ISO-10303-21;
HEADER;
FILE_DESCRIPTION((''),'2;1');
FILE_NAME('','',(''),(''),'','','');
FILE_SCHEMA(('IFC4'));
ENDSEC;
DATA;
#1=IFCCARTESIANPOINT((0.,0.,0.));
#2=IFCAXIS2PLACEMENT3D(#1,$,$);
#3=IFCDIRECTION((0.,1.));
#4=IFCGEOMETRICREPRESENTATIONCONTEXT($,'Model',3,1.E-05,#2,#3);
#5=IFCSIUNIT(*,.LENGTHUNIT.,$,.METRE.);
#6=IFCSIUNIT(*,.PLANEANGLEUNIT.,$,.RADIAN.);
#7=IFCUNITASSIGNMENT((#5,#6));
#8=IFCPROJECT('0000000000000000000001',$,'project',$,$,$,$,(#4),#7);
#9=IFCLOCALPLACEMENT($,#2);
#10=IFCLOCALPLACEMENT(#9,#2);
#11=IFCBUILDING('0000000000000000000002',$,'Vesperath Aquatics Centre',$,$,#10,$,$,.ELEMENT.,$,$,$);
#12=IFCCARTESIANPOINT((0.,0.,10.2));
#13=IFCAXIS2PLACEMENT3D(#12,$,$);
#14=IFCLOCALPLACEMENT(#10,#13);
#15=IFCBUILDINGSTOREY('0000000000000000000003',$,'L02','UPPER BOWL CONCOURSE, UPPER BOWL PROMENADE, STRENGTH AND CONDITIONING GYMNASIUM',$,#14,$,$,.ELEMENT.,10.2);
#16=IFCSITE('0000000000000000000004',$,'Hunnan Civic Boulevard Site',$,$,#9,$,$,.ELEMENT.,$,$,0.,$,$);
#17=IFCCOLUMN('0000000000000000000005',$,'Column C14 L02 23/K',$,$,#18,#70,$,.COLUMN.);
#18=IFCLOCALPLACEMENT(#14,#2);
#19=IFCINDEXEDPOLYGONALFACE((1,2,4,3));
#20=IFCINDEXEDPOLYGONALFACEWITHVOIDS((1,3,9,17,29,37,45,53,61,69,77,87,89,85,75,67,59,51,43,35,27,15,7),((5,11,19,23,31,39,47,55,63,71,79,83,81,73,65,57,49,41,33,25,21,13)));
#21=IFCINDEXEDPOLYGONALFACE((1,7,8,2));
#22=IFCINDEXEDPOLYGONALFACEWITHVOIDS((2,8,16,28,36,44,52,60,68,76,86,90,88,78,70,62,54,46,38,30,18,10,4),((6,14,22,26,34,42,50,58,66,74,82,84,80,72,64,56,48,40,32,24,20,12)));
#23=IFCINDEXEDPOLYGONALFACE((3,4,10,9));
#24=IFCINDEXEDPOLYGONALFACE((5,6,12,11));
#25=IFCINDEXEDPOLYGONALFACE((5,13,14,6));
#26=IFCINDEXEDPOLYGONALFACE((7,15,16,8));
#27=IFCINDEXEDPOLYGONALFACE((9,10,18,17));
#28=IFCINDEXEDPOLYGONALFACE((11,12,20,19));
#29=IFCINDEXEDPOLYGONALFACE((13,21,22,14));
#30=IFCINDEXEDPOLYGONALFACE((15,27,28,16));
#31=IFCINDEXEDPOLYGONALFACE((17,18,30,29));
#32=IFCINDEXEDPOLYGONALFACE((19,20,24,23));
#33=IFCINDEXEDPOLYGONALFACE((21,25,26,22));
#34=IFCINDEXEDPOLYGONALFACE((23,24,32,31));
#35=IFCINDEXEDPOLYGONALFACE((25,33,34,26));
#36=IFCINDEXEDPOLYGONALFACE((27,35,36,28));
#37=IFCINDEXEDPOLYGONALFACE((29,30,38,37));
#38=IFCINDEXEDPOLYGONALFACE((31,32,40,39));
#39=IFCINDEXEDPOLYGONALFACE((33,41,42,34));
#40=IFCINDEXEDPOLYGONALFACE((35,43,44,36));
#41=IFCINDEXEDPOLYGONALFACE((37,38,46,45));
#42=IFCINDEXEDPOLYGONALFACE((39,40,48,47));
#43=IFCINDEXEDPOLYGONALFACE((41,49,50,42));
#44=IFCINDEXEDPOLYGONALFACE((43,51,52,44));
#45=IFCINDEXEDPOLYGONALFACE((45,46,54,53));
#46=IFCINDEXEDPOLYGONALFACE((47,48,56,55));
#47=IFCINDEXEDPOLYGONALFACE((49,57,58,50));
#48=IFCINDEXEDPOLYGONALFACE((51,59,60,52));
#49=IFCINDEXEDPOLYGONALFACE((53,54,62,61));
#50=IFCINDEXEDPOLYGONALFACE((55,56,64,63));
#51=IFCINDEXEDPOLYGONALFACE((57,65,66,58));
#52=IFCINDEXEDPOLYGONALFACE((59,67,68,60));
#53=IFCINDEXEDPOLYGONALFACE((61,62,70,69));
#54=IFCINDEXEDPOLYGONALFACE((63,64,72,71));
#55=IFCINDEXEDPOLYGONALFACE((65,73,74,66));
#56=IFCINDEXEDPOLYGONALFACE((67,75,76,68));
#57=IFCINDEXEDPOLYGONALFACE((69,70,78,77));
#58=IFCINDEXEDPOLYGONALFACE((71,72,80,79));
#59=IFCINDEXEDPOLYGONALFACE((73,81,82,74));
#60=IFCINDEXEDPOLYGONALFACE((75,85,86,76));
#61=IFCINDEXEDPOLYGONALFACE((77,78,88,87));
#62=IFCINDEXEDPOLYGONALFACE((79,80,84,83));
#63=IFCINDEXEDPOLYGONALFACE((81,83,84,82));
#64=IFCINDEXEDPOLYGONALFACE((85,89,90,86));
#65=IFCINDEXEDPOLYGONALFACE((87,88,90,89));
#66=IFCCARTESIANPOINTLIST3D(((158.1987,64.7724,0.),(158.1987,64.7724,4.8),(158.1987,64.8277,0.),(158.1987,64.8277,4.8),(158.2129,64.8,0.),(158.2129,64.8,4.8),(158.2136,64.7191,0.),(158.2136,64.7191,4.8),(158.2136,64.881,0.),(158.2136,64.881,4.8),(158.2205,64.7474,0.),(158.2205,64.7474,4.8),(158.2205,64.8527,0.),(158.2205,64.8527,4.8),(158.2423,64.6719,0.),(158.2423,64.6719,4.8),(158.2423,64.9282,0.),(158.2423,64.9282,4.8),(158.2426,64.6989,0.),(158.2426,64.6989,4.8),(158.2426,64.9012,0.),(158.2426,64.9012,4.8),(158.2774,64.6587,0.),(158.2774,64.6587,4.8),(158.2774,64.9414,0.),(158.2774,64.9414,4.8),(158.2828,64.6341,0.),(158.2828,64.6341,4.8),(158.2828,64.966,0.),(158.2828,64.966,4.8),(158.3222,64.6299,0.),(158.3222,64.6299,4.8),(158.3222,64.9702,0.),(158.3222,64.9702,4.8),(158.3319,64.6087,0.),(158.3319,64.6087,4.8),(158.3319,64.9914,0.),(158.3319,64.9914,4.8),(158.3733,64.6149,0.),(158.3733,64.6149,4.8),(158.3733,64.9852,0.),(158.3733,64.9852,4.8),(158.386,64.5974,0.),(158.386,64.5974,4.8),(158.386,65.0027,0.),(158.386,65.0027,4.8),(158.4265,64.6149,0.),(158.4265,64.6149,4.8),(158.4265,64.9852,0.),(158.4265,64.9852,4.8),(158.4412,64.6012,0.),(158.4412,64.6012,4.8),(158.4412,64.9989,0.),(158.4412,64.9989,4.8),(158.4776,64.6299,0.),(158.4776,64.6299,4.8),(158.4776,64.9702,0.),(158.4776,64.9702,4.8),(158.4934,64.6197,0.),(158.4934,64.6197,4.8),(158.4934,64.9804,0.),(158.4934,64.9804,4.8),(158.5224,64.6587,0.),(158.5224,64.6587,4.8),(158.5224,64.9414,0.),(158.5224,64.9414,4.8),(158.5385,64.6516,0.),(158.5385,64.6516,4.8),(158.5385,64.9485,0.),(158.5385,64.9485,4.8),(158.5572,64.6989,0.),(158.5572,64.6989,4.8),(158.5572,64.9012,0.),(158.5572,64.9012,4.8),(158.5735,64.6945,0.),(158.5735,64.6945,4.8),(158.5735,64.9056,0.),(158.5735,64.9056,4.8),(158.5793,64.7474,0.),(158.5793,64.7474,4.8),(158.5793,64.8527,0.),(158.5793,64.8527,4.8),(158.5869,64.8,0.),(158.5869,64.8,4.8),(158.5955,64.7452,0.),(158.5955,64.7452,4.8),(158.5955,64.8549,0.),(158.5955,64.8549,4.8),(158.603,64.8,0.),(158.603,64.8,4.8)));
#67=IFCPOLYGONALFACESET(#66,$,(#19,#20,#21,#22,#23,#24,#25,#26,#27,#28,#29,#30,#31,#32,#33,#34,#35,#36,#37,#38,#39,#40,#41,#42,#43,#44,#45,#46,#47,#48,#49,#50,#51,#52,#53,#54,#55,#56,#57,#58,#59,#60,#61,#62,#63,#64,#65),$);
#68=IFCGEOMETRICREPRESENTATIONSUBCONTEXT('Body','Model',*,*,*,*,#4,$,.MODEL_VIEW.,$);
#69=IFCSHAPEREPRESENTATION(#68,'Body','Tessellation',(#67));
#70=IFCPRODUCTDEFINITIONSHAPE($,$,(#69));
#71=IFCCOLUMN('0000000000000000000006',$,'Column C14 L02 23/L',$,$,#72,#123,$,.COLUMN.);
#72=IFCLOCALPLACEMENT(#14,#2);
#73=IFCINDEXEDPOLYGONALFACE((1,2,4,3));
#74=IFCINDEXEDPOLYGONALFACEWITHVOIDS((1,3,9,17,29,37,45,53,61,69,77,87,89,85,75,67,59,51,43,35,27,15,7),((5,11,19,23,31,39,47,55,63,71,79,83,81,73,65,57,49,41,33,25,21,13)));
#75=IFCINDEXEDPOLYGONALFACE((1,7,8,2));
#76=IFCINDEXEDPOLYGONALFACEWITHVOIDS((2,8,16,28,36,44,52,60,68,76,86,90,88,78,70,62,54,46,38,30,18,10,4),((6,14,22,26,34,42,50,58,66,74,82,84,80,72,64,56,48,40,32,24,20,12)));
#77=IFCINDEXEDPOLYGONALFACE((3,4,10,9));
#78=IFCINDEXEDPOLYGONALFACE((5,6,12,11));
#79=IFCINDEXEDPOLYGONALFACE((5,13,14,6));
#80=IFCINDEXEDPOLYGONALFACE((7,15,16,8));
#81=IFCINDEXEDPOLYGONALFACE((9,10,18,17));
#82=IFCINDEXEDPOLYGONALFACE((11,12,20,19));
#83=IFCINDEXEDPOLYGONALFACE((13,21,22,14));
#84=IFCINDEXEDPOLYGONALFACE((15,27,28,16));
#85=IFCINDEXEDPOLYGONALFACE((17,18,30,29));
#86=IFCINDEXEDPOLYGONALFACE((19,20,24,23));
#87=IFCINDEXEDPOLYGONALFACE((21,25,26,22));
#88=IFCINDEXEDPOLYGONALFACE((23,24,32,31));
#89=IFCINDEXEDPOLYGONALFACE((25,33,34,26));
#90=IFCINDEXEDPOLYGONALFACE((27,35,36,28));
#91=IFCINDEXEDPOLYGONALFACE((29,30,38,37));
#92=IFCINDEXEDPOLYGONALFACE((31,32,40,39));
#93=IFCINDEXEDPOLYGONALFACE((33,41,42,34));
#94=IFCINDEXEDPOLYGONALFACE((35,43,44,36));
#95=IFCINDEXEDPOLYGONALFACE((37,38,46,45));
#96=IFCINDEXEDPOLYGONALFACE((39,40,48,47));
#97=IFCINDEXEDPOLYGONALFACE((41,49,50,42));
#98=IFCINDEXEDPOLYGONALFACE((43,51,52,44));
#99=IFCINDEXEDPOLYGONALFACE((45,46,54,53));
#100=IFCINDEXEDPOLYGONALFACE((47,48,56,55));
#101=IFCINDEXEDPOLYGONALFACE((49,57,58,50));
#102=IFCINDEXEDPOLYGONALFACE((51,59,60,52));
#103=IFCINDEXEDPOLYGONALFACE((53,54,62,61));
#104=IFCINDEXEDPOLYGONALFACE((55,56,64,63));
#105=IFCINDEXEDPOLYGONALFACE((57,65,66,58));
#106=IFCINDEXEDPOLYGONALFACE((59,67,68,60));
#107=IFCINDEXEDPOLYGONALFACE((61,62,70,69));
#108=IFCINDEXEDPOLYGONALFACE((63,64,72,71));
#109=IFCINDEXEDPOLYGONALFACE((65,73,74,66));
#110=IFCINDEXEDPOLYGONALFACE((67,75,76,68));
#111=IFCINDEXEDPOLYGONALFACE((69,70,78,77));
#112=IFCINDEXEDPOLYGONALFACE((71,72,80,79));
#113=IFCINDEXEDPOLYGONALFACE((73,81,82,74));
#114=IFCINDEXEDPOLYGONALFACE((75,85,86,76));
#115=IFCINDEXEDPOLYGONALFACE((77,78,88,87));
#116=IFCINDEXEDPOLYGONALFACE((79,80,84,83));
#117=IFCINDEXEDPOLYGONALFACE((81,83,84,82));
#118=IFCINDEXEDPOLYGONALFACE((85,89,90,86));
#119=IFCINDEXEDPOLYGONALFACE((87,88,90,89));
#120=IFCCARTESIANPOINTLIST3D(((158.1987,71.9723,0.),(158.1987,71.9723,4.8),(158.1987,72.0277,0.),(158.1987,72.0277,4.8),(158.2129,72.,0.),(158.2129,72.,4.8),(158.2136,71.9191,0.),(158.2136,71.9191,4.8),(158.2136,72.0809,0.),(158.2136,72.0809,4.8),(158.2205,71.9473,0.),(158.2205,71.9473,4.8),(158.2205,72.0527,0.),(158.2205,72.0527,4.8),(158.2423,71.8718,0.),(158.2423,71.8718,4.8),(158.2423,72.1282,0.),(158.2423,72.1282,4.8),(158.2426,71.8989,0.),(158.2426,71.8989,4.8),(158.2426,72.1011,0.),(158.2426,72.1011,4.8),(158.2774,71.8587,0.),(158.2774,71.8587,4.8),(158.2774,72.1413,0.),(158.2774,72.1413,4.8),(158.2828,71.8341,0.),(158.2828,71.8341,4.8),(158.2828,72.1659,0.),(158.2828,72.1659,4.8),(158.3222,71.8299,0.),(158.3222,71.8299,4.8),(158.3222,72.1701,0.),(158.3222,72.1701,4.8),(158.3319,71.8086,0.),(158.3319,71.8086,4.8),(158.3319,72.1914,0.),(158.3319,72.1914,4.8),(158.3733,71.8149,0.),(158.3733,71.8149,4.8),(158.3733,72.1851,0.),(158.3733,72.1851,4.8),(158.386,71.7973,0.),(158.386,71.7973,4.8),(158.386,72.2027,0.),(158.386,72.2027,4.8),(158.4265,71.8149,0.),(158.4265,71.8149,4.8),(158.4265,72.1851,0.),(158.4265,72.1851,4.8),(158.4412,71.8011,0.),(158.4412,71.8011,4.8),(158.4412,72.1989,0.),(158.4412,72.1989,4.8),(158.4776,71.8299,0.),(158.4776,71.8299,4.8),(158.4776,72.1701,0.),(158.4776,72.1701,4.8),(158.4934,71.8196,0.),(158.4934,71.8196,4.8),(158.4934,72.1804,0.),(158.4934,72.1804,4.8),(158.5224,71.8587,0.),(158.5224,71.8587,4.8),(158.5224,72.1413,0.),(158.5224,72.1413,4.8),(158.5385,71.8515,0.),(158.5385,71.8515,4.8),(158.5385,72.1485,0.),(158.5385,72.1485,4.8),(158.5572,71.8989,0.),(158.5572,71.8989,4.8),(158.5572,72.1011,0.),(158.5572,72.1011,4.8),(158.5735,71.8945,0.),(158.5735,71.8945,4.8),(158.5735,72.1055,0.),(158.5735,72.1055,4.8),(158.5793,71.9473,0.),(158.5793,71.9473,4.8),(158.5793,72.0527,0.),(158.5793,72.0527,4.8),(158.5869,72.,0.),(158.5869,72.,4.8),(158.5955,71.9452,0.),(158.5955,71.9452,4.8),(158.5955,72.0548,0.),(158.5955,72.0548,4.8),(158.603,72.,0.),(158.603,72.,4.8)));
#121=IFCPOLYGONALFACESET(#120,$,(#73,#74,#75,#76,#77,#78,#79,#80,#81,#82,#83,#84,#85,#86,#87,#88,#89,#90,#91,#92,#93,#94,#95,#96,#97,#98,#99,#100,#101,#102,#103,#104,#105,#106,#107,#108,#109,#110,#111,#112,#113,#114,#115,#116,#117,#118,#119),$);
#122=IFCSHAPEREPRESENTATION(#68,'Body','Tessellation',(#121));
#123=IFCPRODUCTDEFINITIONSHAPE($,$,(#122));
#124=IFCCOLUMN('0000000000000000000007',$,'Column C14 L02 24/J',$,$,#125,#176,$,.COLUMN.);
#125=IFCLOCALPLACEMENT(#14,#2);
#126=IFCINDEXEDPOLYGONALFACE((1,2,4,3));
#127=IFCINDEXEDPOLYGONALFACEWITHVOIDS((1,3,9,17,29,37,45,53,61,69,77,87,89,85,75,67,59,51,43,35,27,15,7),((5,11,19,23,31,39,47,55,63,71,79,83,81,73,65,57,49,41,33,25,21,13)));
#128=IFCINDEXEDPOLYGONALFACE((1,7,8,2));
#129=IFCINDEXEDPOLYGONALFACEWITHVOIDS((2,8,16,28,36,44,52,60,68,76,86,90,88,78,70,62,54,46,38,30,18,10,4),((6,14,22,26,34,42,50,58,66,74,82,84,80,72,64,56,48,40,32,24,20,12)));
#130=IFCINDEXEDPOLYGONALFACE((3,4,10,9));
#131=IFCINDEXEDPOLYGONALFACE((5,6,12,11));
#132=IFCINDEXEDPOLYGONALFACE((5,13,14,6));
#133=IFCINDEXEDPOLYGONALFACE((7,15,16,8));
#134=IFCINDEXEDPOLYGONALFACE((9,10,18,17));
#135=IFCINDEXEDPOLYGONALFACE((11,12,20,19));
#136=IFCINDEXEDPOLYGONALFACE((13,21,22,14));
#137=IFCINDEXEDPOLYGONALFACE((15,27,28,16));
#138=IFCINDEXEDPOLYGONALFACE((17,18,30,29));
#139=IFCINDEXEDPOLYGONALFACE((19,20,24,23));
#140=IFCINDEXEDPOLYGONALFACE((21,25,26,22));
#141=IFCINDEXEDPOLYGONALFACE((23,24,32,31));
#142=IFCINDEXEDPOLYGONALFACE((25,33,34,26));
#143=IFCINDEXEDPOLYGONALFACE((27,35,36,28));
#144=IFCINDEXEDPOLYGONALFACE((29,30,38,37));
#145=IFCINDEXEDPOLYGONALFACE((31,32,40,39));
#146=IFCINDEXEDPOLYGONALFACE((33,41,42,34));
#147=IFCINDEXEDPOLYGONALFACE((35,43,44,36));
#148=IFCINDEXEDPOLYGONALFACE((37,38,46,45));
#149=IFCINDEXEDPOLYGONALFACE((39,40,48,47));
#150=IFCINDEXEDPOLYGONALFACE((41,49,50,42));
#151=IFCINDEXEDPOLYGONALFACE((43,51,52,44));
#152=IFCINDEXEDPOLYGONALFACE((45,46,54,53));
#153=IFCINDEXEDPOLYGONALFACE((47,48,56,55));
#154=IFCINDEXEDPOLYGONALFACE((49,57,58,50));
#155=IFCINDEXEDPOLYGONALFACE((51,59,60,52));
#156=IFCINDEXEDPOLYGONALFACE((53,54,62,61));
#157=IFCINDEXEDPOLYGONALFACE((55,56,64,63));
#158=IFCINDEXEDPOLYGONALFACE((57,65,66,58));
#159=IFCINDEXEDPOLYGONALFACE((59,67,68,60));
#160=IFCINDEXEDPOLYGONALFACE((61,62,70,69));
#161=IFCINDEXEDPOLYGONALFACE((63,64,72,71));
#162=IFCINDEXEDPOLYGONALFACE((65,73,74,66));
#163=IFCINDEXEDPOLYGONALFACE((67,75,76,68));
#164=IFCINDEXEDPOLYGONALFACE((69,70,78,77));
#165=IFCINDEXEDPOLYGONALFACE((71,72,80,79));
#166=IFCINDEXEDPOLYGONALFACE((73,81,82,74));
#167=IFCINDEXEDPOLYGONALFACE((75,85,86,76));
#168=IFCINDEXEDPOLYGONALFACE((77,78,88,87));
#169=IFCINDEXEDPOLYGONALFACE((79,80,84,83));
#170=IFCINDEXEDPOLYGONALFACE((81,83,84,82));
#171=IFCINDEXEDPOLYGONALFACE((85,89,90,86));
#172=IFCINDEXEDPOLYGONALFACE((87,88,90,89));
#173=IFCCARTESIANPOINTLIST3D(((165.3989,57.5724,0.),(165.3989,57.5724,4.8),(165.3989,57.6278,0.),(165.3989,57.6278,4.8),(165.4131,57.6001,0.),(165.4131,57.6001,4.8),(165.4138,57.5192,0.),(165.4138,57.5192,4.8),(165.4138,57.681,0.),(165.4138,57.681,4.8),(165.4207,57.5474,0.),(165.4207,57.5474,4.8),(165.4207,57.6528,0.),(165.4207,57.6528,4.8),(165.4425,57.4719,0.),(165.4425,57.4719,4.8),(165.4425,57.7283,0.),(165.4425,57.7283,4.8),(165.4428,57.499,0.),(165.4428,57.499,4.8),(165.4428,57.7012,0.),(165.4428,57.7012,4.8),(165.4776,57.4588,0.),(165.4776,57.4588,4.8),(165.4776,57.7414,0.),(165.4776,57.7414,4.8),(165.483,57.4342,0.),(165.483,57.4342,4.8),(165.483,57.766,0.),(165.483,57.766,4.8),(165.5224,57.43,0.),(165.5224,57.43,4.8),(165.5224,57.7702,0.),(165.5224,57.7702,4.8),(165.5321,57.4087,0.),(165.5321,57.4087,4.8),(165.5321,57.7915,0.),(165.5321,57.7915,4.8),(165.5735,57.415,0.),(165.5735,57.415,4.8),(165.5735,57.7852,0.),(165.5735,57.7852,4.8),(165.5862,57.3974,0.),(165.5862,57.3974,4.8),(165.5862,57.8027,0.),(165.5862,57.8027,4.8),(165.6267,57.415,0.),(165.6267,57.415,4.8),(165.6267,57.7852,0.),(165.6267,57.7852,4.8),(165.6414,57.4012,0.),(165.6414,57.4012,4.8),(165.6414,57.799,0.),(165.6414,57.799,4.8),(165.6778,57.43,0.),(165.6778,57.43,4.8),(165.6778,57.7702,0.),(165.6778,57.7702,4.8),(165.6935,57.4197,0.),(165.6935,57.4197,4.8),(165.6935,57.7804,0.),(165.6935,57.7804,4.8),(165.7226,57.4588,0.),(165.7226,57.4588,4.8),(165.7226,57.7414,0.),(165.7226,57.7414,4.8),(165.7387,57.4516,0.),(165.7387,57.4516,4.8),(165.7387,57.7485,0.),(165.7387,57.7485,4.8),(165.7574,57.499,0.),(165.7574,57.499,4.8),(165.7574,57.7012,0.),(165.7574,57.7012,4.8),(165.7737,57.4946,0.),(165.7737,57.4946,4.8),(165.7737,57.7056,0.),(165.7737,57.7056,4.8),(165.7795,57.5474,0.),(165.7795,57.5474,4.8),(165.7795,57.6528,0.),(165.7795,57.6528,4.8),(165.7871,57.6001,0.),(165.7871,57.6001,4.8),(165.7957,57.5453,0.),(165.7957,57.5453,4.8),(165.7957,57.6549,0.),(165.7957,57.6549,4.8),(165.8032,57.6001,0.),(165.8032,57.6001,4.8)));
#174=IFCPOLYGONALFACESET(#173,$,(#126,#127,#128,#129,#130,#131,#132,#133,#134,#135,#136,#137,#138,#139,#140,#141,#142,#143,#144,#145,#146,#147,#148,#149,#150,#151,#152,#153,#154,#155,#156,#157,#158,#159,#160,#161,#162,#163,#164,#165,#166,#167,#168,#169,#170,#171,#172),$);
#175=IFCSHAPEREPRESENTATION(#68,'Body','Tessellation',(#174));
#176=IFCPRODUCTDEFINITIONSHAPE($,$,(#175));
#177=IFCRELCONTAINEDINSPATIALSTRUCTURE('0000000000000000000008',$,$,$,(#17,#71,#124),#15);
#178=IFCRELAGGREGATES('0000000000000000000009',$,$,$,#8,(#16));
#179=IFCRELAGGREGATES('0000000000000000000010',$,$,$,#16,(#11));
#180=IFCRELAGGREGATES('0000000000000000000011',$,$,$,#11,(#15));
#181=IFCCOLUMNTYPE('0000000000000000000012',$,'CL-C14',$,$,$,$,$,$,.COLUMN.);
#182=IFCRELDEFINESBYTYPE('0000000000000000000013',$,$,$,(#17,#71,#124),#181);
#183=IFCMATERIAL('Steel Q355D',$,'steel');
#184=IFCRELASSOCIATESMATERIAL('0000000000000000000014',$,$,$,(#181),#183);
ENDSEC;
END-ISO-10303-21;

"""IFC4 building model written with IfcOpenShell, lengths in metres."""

from ifc_helpers import new_model, si_unit, direction, frame, origin, origin_2d, place, context, subcontext, project, spatial, hollow_circle, extrude, material, material_profile, profile_set, type_object, element, save


model = new_model("IFC4")

# Units and contexts
model_context = context("Model", 3, precision=1e-05, world=origin(), true_north=direction((0.0, 1.0)))
body_context = subcontext(model_context, "Body", "Model", "MODEL_VIEW")
ifc_project = project(units=[si_unit("LENGTHUNIT", "METRE"), si_unit("PLANEANGLEUNIT", "RADIAN")], contexts=[model_context])

# Site, building, storey
site_placement = place(None, origin())
site = spatial("IfcSite", under=ifc_project, at=site_placement, Name="Hunnan Civic Boulevard Site", CompositionType="ELEMENT", RefElevation=0.0)
building_placement = place(site_placement, origin())
building = spatial("IfcBuilding", under=site, at=building_placement, Name="Vesperath Aquatics Centre", CompositionType="ELEMENT")
storey_placement = place(building_placement, frame((0.0, 0.0, 10.2)))
storey = spatial("IfcBuildingStorey", under=building, at=storey_placement, Name="L02", Description="UPPER BOWL CONCOURSE, UPPER BOWL PROMENADE, STRENGTH AND CONDITIONING GYMNASIUM", CompositionType="ELEMENT", Elevation=10.2)

# Columns
ifc_material_1 = material(Name="Steel Q355D", Category="steel")
ifc_material_profile_1 = material_profile(ifc_material_1, hollow_circle(Radius=0.2031, WallThickness=0.0161, at=origin_2d()), Name="CHS 406.4x16")
ifc_profile_set_1 = profile_set([ifc_material_profile_1], Name="Steel Q355D")
column_type = type_object("IfcColumnType", Name="CL-C14", PredefinedType="COLUMN", material=ifc_profile_set_1)
for number, where, z_axis, x_axis, name in (
    (1, (158.3999, 64.8, 0.0), (0.0, 0.0, 1.0), (1.0, 0.0, 0.0), "Column C14 L02 23/K"),
    (2, (158.3999, 72.0, 0.0), (0.0, 0.0, 1.0), (1.0, 0.0, 0.0), "Column C14 L02 23/L"),
    (3, (165.6001, 57.6001, 0.0), (0.0, 0.0, 1.0), (1.0, 0.0, 0.0), "Column C14 L02 24/J"),
):
    element("IfcColumn", number, at=place(storey_placement, frame(where, z_axis=z_axis, x_axis=x_axis)), inside=storey, type_object=column_type, Name=name, PredefinedType="COLUMN", context=body_context, shape_type="SweptSolid", body=[
        extrude(hollow_circle(Radius=0.2031, WallThickness=0.0161, at=origin_2d()), origin(), (0.0, 0.0, 1.0), 4.8),
    ])

save(model, "model.ifc")
